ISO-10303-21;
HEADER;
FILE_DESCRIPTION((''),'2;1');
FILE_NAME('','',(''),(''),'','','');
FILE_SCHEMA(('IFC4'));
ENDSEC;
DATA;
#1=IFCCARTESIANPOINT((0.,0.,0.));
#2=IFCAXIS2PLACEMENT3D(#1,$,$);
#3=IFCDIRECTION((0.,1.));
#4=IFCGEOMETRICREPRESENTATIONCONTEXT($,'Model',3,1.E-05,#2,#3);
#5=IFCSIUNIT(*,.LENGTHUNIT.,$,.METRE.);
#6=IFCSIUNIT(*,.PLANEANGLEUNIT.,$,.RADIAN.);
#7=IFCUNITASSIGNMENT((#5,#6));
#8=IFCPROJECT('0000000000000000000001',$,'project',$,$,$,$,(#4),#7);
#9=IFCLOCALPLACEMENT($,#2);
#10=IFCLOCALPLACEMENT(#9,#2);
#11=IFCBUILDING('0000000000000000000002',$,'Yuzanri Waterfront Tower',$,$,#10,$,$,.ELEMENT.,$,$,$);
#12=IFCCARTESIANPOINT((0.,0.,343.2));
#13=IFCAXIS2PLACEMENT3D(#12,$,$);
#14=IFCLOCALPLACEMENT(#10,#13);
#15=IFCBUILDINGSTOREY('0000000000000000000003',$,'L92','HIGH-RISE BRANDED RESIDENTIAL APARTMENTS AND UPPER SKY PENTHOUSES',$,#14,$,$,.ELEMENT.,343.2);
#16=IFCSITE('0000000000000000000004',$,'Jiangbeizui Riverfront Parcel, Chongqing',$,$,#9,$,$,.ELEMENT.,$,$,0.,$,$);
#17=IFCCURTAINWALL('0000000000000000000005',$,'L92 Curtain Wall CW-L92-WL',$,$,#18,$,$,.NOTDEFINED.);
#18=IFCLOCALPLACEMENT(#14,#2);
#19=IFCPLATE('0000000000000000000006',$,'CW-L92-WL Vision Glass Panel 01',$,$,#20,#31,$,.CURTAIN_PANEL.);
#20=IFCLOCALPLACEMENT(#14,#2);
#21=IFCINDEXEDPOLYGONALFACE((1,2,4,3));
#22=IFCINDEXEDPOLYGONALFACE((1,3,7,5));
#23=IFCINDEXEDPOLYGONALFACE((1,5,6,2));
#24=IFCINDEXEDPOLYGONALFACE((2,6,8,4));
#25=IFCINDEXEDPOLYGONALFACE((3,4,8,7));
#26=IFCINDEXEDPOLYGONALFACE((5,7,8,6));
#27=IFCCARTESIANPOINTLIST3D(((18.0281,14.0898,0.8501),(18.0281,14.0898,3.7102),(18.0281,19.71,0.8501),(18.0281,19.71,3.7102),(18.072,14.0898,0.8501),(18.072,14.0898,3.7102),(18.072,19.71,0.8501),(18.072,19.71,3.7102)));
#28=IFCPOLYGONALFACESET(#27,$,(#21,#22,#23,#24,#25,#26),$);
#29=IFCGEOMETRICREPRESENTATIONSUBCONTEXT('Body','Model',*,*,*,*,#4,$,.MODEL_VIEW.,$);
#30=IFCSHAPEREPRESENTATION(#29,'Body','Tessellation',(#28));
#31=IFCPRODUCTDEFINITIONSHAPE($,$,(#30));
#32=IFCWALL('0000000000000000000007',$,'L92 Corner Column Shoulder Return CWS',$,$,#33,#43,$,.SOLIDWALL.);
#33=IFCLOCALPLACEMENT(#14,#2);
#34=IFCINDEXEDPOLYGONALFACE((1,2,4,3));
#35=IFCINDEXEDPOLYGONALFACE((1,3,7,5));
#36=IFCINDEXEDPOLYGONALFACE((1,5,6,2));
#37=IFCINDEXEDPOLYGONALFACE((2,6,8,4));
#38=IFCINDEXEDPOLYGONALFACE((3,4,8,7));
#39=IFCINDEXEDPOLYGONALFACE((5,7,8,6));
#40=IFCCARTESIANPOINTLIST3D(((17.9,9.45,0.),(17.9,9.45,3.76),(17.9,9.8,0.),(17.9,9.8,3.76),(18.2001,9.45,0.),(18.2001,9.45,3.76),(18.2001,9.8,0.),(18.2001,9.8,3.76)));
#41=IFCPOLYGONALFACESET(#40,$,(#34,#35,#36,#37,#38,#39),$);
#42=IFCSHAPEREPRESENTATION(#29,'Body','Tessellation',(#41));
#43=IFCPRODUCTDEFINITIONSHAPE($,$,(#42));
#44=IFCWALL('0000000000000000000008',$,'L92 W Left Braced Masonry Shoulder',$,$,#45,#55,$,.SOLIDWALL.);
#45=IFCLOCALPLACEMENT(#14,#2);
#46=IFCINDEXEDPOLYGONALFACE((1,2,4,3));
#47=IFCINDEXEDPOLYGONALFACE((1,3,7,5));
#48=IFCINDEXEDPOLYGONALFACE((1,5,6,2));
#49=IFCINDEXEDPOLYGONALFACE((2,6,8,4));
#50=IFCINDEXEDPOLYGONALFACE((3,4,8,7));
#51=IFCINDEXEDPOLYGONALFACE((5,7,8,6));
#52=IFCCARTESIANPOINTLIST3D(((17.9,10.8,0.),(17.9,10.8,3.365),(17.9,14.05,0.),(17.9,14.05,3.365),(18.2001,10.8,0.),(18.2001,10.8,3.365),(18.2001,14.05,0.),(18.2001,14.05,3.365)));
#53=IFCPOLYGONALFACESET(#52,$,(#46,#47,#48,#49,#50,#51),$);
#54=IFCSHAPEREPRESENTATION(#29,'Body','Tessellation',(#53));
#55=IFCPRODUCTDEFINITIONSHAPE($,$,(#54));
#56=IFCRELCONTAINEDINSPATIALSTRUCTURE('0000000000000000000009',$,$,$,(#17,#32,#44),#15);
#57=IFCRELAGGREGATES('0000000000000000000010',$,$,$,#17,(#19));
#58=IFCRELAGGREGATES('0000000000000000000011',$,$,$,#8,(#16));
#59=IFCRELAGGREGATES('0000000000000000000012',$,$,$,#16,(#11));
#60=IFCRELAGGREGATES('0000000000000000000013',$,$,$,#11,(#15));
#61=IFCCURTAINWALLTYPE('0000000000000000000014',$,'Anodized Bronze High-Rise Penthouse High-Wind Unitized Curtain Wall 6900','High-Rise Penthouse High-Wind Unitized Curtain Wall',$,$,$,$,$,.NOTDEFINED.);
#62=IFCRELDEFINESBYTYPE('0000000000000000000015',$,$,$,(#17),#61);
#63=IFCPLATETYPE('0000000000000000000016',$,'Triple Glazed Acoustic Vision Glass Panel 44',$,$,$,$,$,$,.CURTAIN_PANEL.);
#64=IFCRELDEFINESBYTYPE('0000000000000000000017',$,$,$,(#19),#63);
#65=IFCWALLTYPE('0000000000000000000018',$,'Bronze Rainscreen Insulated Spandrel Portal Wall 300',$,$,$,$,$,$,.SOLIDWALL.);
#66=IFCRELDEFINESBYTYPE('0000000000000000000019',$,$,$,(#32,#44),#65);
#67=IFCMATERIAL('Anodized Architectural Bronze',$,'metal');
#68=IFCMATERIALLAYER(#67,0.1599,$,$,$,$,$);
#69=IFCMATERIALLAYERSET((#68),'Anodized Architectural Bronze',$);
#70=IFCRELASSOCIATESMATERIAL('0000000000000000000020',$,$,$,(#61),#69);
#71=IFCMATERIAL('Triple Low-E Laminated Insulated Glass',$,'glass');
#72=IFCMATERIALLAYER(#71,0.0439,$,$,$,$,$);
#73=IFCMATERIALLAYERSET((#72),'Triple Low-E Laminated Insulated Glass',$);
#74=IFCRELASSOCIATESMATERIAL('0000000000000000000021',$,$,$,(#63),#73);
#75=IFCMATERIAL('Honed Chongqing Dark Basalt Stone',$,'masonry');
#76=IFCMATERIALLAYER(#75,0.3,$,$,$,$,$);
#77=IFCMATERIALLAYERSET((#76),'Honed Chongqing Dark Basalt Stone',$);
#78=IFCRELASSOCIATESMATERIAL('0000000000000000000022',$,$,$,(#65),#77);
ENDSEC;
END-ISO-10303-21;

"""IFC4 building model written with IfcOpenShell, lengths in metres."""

from ifc_helpers import new_model, si_unit, direction, frame, frame_2d, origin, origin_2d, place, context, subcontext, project, spatial, rectangle, extrude, source, transform, mapped, material, layer, layer_set, type_object, element, aggregate, save


model = new_model("IFC4")

# Units and contexts
model_context = context("Model", 3, precision=1e-05, world=origin(), true_north=direction((0.0, 1.0)))
body_context = subcontext(model_context, "Body", "Model", "MODEL_VIEW")
ifc_project = project(units=[si_unit("LENGTHUNIT", "METRE"), si_unit("PLANEANGLEUNIT", "RADIAN")], contexts=[model_context])

# Site, building, storey
site_placement = place(None, origin())
site = spatial("IfcSite", under=ifc_project, at=site_placement, Name="Jiangbeizui Riverfront Parcel, Chongqing", CompositionType="ELEMENT", RefElevation=0.0)
building_placement = place(site_placement, origin())
building = spatial("IfcBuilding", under=site, at=building_placement, Name="Yuzanri Waterfront Tower", CompositionType="ELEMENT")
storey_placement = place(building_placement, frame((0.0, 0.0, 343.2)))
storey = spatial("IfcBuildingStorey", under=building, at=storey_placement, Name="L92", Description="HIGH-RISE BRANDED RESIDENTIAL APARTMENTS AND UPPER SKY PENTHOUSES", CompositionType="ELEMENT", Elevation=343.2)

# Curtain wall
ifc_material_1 = material(Name="Anodized Architectural Bronze", Category="metal")
ifc_layer_1 = layer(ifc_material_1, 0.1599)
ifc_layer_set_1 = layer_set([ifc_layer_1], Name="Anodized Architectural Bronze")
curtain_wall_type = type_object("IfcCurtainWallType", Name="Anodized Bronze High-Rise Penthouse High-Wind Unitized Curtain Wall 6900", Description="High-Rise Penthouse High-Wind Unitized Curtain Wall", PredefinedType="NOTDEFINED", material=ifc_layer_set_1)
curtain_wall_placement = place(storey_placement, origin())
curtain_wall = element("IfcCurtainWall", 1, at=curtain_wall_placement, inside=storey, type_object=curtain_wall_type, Name="L92 Curtain Wall CW-L92-WL", PredefinedType="NOTDEFINED")

# Plate
ifc_material_2 = material(Name="Triple Low-E Laminated Insulated Glass", Category="glass")
ifc_layer_2 = layer(ifc_material_2, 0.0439)
ifc_layer_set_2 = layer_set([ifc_layer_2], Name="Triple Low-E Laminated Insulated Glass")
plate_type_1 = type_object("IfcPlateType", Name="Triple Glazed Acoustic Vision Glass Panel 44", PredefinedType="CURTAIN_PANEL", material=ifc_layer_set_2)
shared_shape_1 = source(origin(), body_context, "Body", "SweptSolid", [
    extrude(rectangle(XDim=5.6201, YDim=0.0439, at=origin_2d()), origin(), (0.0, 0.0, 1.0), 2.8601),
])
plate_1_placement = place(storey_placement, frame((18.05, 16.8999, 0.8501), z_axis=(0.0, 0.0, 1.0), x_axis=(0.0, 1.0, 0.0)))
plate_1 = element("IfcPlate", 2, at=plate_1_placement, type_object=plate_type_1, Name="CW-L92-WL Vision Glass Panel 01", PredefinedType="CURTAIN_PANEL", context=body_context, shape_type="MappedRepresentation", body=[
    mapped(shared_shape_1, transform((0.0, 0.0, 0.0), scale=1.0)),
])
aggregate(curtain_wall, [plate_1])

# Walls
ifc_material_3 = material(Name="Honed Chongqing Dark Basalt Stone", Category="masonry")
ifc_layer_3 = layer(ifc_material_3, 0.3)
ifc_layer_set_3 = layer_set([ifc_layer_3], Name="Honed Chongqing Dark Basalt Stone")
wall_type = type_object("IfcWallType", Name="Bronze Rainscreen Insulated Spandrel Portal Wall 300", PredefinedType="SOLIDWALL", material=ifc_layer_set_3)
shared_shape_2 = source(origin(), body_context, "Body", "SweptSolid", [
    extrude(rectangle(XDim=0.3501, YDim=0.3, at=frame_2d((0.175, 0.0))), origin(), (0.0, 0.0, 1.0), 3.76),
])
wall_1_placement = place(storey_placement, frame((18.05, 9.45, 0.0), z_axis=(0.0, 0.0, 1.0), x_axis=(0.0, 1.0, 0.0)))
element("IfcWall", 3, at=wall_1_placement, inside=storey, type_object=wall_type, Name="L92 Corner Column Shoulder Return CWS", PredefinedType="SOLIDWALL", context=body_context, shape_type="MappedRepresentation", body=[
    mapped(shared_shape_2, transform((0.0, 0.0, 0.0), scale=1.0)),
])
shared_shape_3 = source(origin(), body_context, "Body", "SweptSolid", [
    extrude(rectangle(XDim=3.25, YDim=0.3, at=frame_2d((1.625, 0.0))), origin(), (0.0, 0.0, 1.0), 3.365),
])
wall_2_placement = place(storey_placement, frame((18.05, 10.8, 0.0), z_axis=(0.0, 0.0, 1.0), x_axis=(0.0, 1.0, 0.0)))
element("IfcWall", 4, at=wall_2_placement, inside=storey, type_object=wall_type, Name="L92 W Left Braced Masonry Shoulder", PredefinedType="SOLIDWALL", context=body_context, shape_type="MappedRepresentation", body=[
    mapped(shared_shape_3, transform((0.0, 0.0, 0.0), scale=1.0)),
])

save(model, "model.ifc")
